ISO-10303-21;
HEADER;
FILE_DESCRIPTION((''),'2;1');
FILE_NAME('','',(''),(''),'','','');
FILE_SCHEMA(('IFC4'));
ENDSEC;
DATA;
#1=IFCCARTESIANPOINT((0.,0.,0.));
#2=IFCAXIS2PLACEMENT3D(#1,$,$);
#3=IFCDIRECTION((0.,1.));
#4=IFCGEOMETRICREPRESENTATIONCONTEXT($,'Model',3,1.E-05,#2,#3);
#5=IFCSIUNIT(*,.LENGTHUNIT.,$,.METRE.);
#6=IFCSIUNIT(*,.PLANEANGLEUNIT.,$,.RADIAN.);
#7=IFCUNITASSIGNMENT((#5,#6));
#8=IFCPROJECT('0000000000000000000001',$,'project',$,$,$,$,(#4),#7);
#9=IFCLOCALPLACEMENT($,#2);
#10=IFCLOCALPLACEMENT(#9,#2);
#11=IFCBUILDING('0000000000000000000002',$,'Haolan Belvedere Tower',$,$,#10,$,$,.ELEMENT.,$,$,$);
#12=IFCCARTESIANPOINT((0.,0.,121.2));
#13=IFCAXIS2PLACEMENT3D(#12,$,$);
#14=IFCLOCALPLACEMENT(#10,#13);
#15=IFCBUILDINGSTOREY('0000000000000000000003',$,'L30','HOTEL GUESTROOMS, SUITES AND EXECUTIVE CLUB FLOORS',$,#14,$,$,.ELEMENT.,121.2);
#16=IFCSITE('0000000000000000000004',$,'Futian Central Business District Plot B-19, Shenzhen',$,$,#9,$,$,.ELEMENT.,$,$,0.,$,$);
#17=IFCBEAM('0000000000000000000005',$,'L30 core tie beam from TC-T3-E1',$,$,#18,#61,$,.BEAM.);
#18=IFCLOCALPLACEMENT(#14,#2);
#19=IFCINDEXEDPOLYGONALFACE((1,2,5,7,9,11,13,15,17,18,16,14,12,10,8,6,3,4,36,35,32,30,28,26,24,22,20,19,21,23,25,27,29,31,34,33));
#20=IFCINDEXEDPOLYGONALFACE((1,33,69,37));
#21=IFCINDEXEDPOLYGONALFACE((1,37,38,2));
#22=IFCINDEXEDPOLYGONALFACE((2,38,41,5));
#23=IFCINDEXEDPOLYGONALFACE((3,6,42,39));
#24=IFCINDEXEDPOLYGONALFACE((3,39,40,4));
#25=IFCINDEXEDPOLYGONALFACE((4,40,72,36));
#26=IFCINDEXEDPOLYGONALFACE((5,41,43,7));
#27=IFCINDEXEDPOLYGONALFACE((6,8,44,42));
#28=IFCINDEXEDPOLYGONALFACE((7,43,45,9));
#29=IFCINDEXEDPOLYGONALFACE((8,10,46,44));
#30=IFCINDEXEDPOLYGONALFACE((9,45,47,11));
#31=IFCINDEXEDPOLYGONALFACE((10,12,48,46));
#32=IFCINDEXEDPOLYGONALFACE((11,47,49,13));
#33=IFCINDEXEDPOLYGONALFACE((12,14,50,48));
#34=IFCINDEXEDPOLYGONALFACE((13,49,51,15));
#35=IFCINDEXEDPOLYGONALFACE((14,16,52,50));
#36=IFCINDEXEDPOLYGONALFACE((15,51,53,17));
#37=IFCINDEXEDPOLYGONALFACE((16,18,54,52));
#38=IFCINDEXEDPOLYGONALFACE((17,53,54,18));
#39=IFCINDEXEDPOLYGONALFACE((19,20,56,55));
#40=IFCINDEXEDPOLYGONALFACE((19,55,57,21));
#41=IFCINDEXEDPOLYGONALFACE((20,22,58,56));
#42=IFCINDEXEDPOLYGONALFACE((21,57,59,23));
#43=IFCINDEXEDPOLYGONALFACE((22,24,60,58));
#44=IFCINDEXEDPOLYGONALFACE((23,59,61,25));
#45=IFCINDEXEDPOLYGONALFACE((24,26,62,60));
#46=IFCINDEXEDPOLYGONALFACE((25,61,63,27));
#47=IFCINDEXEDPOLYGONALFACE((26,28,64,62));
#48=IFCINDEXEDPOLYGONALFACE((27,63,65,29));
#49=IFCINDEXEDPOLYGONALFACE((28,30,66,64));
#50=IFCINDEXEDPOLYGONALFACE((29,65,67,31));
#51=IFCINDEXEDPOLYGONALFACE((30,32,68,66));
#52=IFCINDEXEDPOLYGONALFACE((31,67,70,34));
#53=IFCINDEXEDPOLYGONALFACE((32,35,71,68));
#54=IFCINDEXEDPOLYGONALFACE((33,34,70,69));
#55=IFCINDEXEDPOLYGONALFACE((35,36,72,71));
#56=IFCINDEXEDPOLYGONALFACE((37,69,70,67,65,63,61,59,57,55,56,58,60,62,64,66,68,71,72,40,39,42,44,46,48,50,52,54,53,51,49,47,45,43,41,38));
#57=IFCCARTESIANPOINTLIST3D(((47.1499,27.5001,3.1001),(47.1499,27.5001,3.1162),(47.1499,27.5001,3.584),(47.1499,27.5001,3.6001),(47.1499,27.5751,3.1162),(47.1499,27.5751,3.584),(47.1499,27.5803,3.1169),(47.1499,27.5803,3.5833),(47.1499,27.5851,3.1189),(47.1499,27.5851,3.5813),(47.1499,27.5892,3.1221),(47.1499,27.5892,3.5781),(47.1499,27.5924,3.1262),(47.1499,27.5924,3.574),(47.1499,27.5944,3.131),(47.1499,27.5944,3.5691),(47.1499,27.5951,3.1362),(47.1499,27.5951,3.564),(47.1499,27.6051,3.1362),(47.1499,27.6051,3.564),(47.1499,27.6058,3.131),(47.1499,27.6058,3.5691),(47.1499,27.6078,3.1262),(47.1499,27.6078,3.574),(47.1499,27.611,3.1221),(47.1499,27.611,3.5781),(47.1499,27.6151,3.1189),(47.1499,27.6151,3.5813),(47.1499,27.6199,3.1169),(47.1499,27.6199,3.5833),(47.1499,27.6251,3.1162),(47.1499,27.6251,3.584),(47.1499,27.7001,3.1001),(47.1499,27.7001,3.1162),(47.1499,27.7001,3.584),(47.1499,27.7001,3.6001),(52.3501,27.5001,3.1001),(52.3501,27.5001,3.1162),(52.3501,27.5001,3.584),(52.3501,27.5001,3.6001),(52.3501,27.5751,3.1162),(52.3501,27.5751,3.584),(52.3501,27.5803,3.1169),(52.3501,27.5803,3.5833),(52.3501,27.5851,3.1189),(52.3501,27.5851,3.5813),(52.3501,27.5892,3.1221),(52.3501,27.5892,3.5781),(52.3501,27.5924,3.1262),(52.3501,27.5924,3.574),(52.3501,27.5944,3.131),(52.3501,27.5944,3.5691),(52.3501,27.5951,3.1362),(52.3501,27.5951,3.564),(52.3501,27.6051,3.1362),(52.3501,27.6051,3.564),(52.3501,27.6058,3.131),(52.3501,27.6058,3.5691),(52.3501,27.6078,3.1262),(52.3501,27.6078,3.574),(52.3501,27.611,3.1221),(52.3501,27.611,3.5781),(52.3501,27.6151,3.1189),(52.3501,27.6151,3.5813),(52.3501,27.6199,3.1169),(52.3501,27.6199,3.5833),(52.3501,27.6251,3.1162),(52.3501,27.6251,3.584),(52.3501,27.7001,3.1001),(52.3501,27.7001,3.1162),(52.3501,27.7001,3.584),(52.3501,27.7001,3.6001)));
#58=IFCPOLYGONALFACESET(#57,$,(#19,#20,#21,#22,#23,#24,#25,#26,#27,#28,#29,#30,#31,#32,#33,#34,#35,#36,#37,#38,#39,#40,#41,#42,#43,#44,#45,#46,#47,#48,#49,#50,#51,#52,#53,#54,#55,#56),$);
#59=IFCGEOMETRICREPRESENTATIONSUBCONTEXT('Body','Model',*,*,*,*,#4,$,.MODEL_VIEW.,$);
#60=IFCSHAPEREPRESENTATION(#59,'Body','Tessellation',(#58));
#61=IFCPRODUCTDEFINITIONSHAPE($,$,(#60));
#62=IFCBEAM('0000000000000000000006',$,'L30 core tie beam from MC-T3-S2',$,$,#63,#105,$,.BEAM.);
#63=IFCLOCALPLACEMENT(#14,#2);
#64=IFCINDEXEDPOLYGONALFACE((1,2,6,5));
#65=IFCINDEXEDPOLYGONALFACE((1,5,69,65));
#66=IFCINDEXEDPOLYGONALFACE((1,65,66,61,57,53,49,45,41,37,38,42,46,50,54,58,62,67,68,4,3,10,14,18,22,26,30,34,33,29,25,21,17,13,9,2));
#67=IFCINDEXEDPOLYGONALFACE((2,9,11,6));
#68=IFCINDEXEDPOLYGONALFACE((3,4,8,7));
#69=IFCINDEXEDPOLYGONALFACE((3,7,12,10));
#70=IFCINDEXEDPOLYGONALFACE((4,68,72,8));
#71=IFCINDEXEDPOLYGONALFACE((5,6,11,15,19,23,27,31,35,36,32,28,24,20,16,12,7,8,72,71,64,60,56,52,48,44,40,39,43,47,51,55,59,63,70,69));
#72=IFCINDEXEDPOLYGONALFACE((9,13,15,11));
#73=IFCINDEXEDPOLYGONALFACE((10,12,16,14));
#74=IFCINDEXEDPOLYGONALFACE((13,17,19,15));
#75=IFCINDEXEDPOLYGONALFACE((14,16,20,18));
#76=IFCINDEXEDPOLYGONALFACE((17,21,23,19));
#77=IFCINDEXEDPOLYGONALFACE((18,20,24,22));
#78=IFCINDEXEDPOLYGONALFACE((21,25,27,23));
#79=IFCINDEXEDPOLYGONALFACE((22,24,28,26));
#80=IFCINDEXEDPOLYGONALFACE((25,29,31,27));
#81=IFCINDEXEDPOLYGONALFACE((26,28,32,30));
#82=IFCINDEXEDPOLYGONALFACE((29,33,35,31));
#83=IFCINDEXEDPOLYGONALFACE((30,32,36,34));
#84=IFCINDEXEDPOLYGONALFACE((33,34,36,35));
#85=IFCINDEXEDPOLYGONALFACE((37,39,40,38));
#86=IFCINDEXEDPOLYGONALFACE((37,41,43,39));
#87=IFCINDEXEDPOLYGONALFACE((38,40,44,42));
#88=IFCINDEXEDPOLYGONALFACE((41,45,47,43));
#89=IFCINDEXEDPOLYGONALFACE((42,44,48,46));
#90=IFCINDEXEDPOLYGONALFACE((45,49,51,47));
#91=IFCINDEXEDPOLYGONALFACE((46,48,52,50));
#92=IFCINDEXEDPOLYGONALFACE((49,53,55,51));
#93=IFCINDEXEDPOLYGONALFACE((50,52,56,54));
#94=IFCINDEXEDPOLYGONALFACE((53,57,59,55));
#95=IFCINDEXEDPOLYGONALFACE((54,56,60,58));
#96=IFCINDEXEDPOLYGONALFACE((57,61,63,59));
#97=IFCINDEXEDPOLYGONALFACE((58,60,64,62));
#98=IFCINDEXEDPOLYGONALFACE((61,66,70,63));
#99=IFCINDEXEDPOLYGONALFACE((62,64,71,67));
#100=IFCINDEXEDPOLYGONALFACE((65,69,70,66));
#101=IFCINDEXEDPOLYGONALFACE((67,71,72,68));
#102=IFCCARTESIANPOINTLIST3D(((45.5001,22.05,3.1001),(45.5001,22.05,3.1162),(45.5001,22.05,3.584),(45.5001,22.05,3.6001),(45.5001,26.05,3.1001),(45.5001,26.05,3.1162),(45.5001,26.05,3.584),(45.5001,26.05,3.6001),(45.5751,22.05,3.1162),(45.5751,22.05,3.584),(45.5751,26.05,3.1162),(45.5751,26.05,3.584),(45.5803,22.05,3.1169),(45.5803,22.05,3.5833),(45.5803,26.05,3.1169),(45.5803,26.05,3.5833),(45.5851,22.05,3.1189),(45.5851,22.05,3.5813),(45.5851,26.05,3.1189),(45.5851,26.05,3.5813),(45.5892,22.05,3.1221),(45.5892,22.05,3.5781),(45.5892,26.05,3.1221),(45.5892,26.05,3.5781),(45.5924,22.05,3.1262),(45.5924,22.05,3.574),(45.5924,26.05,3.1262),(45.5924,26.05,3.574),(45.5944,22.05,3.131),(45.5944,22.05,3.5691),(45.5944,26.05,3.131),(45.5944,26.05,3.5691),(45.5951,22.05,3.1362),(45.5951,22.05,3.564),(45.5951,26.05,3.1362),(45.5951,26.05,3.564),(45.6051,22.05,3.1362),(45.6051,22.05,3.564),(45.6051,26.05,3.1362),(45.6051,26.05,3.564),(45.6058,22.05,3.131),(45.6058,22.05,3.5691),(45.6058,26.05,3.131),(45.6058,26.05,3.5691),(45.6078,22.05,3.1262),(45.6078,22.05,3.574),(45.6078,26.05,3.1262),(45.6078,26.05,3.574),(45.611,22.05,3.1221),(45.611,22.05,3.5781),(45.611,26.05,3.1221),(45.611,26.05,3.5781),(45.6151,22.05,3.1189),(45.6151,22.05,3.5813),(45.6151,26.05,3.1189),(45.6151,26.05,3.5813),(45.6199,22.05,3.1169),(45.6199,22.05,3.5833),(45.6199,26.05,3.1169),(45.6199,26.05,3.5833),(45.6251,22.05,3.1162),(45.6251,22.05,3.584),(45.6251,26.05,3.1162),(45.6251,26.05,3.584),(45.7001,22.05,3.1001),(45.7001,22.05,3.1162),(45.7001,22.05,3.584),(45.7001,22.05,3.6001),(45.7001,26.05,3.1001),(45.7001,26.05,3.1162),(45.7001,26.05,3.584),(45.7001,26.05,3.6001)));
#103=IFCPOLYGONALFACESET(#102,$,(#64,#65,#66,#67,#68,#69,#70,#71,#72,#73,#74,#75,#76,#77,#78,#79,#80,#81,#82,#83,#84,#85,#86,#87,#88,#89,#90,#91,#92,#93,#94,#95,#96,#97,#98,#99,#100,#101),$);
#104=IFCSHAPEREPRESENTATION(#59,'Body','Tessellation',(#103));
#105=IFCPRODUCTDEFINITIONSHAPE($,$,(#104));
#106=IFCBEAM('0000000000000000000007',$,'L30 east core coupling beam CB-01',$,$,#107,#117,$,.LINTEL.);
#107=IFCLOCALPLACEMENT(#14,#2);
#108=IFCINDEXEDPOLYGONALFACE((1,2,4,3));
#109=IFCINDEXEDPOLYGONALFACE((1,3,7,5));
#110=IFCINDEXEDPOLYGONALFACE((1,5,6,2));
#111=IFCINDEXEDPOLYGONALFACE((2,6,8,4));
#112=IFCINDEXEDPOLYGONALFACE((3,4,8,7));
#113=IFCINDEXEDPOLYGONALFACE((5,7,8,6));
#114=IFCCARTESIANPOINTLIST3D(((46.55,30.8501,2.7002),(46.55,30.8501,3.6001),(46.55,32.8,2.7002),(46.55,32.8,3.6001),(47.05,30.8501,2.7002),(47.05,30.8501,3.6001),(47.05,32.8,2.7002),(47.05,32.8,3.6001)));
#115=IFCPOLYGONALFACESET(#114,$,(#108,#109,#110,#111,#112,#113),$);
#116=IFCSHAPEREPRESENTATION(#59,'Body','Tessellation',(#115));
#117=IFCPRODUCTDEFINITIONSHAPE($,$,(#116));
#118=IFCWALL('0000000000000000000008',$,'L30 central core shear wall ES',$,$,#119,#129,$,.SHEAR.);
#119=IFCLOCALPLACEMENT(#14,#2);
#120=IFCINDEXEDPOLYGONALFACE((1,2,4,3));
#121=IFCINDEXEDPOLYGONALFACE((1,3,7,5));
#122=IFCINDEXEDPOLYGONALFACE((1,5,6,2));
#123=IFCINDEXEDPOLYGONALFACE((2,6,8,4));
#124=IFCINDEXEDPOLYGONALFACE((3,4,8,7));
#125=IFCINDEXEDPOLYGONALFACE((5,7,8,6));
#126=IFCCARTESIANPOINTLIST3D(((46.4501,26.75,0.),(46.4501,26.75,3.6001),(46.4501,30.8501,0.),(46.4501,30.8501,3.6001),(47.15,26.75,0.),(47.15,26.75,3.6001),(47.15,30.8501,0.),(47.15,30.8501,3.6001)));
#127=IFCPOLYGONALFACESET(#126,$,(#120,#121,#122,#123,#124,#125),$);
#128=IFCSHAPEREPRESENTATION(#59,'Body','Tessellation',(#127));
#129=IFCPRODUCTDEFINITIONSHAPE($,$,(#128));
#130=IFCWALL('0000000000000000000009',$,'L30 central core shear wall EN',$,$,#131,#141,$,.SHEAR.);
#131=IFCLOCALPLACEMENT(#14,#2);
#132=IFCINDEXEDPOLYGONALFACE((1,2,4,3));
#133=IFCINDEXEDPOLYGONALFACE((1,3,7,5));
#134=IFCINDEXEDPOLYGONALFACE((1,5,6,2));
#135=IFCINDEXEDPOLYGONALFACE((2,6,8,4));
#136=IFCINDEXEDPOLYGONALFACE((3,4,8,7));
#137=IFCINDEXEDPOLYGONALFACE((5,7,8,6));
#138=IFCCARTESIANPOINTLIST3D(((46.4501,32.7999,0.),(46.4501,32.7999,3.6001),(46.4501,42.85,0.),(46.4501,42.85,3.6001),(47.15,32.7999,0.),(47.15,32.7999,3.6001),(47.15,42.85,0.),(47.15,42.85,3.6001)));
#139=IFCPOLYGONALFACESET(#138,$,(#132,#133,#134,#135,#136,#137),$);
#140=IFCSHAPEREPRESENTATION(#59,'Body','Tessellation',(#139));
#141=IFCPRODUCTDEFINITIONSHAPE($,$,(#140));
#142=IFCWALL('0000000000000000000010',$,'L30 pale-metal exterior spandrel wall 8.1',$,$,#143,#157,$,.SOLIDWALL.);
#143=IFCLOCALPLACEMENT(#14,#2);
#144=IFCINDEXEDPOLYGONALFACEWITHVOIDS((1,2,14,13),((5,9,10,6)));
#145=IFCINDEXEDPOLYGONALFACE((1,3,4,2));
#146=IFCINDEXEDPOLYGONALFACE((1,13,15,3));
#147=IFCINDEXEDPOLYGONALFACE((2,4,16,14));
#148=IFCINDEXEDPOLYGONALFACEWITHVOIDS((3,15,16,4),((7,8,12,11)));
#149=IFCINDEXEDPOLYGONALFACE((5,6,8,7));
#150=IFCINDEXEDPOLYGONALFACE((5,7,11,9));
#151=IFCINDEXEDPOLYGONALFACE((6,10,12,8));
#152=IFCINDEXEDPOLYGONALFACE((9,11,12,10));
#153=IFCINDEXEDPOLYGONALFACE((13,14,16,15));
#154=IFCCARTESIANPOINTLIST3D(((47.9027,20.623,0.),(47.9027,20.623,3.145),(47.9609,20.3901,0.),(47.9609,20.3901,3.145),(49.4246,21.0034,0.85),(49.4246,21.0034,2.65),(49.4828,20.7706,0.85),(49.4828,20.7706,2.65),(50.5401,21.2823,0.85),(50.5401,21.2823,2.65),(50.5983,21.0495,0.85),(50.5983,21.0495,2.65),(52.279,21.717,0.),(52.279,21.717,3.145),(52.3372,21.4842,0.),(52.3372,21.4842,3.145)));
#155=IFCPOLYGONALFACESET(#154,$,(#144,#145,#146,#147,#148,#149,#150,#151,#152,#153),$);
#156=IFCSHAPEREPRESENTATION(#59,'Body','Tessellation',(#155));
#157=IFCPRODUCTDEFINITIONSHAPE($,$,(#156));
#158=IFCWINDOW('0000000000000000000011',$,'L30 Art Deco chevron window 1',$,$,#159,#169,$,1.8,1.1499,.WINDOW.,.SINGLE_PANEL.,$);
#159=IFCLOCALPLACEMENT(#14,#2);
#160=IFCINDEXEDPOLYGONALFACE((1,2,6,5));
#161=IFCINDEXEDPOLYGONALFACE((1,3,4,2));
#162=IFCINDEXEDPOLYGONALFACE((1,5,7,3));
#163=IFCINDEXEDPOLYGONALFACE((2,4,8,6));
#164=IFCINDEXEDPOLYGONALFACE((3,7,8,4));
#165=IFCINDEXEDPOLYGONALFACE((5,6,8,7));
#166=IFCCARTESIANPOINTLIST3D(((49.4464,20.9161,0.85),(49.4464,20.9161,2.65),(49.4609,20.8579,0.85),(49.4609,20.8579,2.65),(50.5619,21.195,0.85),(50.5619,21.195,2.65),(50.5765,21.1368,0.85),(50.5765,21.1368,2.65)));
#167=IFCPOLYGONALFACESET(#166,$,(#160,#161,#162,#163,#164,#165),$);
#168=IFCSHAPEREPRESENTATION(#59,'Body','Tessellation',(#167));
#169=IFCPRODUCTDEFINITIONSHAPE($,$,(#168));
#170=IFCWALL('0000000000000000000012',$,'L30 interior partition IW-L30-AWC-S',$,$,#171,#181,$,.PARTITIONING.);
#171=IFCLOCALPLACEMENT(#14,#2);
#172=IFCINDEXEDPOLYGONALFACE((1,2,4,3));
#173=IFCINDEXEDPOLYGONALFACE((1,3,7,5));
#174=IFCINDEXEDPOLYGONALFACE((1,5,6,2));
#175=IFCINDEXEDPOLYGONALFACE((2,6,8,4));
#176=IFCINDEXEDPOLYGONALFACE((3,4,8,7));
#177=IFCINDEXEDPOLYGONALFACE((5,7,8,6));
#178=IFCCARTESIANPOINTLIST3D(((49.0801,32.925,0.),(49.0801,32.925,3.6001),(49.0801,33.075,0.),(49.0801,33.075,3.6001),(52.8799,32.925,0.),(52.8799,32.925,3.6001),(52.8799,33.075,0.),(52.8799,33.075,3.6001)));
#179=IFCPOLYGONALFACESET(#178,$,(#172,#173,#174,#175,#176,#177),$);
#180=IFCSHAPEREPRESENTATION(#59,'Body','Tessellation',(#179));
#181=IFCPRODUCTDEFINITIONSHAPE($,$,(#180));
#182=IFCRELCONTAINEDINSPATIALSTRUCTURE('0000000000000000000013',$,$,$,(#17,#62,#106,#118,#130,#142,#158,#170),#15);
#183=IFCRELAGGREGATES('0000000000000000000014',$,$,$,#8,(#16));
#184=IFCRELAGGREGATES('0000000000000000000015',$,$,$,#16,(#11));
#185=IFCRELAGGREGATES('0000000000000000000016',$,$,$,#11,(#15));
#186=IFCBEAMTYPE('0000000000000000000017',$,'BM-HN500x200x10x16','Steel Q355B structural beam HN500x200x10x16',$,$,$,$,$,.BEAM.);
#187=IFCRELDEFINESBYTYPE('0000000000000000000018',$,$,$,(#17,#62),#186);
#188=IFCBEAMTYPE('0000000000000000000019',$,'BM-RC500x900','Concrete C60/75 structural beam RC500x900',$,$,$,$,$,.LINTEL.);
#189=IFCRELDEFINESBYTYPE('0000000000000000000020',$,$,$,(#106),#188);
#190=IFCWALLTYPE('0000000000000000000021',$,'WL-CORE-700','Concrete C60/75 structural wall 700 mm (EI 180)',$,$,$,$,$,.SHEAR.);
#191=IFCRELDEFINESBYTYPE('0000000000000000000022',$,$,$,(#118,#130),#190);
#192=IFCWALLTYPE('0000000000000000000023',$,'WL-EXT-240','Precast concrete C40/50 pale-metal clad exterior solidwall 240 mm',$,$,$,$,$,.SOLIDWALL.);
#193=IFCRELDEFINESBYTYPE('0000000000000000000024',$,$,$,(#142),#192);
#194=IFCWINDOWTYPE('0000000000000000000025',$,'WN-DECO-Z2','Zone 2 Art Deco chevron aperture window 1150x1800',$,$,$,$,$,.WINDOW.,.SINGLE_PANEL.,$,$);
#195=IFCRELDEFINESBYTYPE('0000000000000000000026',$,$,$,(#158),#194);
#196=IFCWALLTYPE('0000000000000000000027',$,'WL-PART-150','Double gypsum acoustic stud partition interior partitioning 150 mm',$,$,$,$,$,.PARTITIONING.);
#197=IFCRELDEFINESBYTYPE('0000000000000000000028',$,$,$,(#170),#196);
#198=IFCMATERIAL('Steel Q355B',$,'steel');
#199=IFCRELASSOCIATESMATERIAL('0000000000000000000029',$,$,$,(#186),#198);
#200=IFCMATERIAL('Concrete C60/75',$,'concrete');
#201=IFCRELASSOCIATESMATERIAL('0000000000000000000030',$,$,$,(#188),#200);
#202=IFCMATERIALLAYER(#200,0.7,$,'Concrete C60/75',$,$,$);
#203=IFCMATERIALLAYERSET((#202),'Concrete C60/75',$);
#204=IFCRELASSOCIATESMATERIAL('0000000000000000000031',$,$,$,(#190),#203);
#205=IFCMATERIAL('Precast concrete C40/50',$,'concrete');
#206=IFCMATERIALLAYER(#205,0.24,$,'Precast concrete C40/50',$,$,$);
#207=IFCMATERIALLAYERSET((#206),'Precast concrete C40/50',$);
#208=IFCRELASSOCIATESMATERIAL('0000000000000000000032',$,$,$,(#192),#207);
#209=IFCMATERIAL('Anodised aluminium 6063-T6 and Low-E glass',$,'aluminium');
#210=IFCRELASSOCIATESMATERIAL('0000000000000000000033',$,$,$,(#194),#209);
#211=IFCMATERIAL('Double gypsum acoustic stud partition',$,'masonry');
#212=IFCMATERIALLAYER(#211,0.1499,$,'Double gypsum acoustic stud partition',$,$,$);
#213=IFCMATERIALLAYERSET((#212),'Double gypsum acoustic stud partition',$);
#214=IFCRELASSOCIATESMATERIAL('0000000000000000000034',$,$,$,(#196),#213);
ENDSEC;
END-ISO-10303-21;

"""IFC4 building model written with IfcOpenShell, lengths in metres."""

from ifc_helpers import new_model, si_unit, direction, frame, frame_2d, origin, origin_2d, place, context, subcontext, project, spatial, rectangle, i_section, extrude, material, layer, layer_set, material_profile, profile_set, type_object, element, fill, save


model = new_model("IFC4")

# Units and contexts
model_context = context("Model", 3, precision=1e-05, world=origin(), true_north=direction((0.0, 1.0)))
body_context = subcontext(model_context, "Body", "Model", "MODEL_VIEW")
ifc_project = project(units=[si_unit("LENGTHUNIT", "METRE"), si_unit("PLANEANGLEUNIT", "RADIAN")], contexts=[model_context])

# Site, building, storey
site_placement = place(None, origin())
site = spatial("IfcSite", under=ifc_project, at=site_placement, Name="Futian Central Business District Plot B-19, Shenzhen", CompositionType="ELEMENT", RefElevation=0.0)
building_placement = place(site_placement, origin())
building = spatial("IfcBuilding", under=site, at=building_placement, Name="Haolan Belvedere Tower", CompositionType="ELEMENT")
storey_placement = place(building_placement, frame((0.0, 0.0, 121.2)))
storey = spatial("IfcBuildingStorey", under=building, at=storey_placement, Name="L30", Description="HOTEL GUESTROOMS, SUITES AND EXECUTIVE CLUB FLOORS", CompositionType="ELEMENT", Elevation=121.2)

# Beams
ifc_material_1 = material(Name="Steel Q355B", Category="steel")
ifc_material_profile_1 = material_profile(ifc_material_1, i_section(OverallWidth=0.2, OverallDepth=0.5, WebThickness=0.01, FlangeThickness=0.0161, FilletRadius=0.02, at=origin_2d()), Name="Steel Q355B")
ifc_profile_set_1 = profile_set([ifc_material_profile_1], Name="Steel Q355B")
beam_type_1 = type_object("IfcBeamType", Name="BM-HN500x200x10x16", Description="Steel Q355B structural beam HN500x200x10x16", PredefinedType="BEAM", material=ifc_profile_set_1)
beam_1_placement = place(storey_placement, frame((52.3501, 27.6001, 3.3501), z_axis=(-1.0, 0.0, 0.0), x_axis=(0.0, -1.0, 0.0)))
element("IfcBeam", 1, at=beam_1_placement, inside=storey, type_object=beam_type_1, Name="L30 core tie beam from TC-T3-E1", PredefinedType="BEAM", context=body_context, shape_type="SweptSolid", body=[
    extrude(i_section(OverallWidth=0.2, OverallDepth=0.5, WebThickness=0.01, FlangeThickness=0.0161, FilletRadius=0.02, at=origin_2d()), origin(), (0.0, 0.0, 1.0), 5.2002),
])
beam_2_placement = place(storey_placement, frame((45.6001, 22.05, 3.3501), z_axis=(0.0, 1.0, 0.0), x_axis=(-1.0, 0.0, 0.0)))
element("IfcBeam", 2, at=beam_2_placement, inside=storey, type_object=beam_type_1, Name="L30 core tie beam from MC-T3-S2", PredefinedType="BEAM", context=body_context, shape_type="SweptSolid", body=[
    extrude(i_section(OverallWidth=0.2, OverallDepth=0.5, WebThickness=0.01, FlangeThickness=0.0161, FilletRadius=0.02, at=origin_2d()), origin(), (0.0, 0.0, 1.0), 4.0),
])
ifc_material_2 = material(Name="Concrete C60/75", Category="concrete")
ifc_material_profile_2 = material_profile(ifc_material_2, rectangle(XDim=0.5, YDim=0.8999, at=origin_2d()), Name="Concrete C60/75")
ifc_profile_set_2 = profile_set([ifc_material_profile_2], Name="Concrete C60/75")
beam_type_2 = type_object("IfcBeamType", Name="BM-RC500x900", Description="Concrete C60/75 structural beam RC500x900", PredefinedType="LINTEL", material=ifc_profile_set_2)
beam_3_placement = place(storey_placement, frame((46.8, 30.8501, 3.1501), z_axis=(0.0, 1.0, 0.0), x_axis=(-1.0, 0.0, 0.0)))
element("IfcBeam", 3, at=beam_3_placement, inside=storey, type_object=beam_type_2, Name="L30 east core coupling beam CB-01", PredefinedType="LINTEL", context=body_context, shape_type="SweptSolid", body=[
    extrude(rectangle(XDim=0.5, YDim=0.8999, at=origin_2d()), origin(), (0.0, 0.0, 1.0), 1.95),
])

# Walls
ifc_layer_1 = layer(ifc_material_2, 0.7, Name="Concrete C60/75")
ifc_layer_set_1 = layer_set([ifc_layer_1], Name="Concrete C60/75")
wall_type_1 = type_object("IfcWallType", Name="WL-CORE-700", Description="Concrete C60/75 structural wall 700 mm (EI 180)", PredefinedType="SHEAR", material=ifc_layer_set_1)
wall_1_placement = place(storey_placement, frame((46.8, 26.75, 0.0), z_axis=(0.0, 0.0, 1.0), x_axis=(0.0, 1.0, 0.0)))
element("IfcWall", 4, at=wall_1_placement, inside=storey, type_object=wall_type_1, Name="L30 central core shear wall ES", PredefinedType="SHEAR", context=body_context, shape_type="SweptSolid", body=[
    extrude(rectangle(XDim=4.1001, YDim=0.7, at=frame_2d((2.05, 0.0))), origin(), (0.0, 0.0, 1.0), 3.6001),
])
wall_2_placement = place(storey_placement, frame((46.8, 32.8, 0.0), z_axis=(0.0, 0.0, 1.0), x_axis=(0.0, 1.0, 0.0)))
element("IfcWall", 5, at=wall_2_placement, inside=storey, type_object=wall_type_1, Name="L30 central core shear wall EN", PredefinedType="SHEAR", context=body_context, shape_type="SweptSolid", body=[
    extrude(rectangle(XDim=10.05, YDim=0.7, at=frame_2d((5.0249, 0.0))), origin(), (0.0, 0.0, 1.0), 3.6001),
])

# Wall, opening, window
ifc_material_3 = material(Name="Precast concrete C40/50", Category="concrete")
ifc_layer_2 = layer(ifc_material_3, 0.24, Name="Precast concrete C40/50")
ifc_layer_set_2 = layer_set([ifc_layer_2], Name="Precast concrete C40/50")
wall_type_2 = type_object("IfcWallType", Name="WL-EXT-240", Description="Precast concrete C40/50 pale-metal clad exterior solidwall 240 mm", PredefinedType="SOLIDWALL", material=ifc_layer_set_2)
wall_3_placement = place(storey_placement, frame((47.9319, 20.5066, 0.0), z_axis=(0.0, 0.0, 1.0), x_axis=(0.970146, 0.242523, 0.0)))
wall_3 = element("IfcWall", 6, at=wall_3_placement, inside=storey, type_object=wall_type_2, Name="L30 pale-metal exterior spandrel wall 8.1", PredefinedType="SOLIDWALL", context=body_context, shape_type="SweptSolid", body=[
    extrude(rectangle(XDim=4.511, YDim=0.24, at=frame_2d((2.2554, 0.0))), origin(), (0.0, 0.0, 1.0), 3.145),
])
opening_1_placement = place(wall_3_placement, frame((1.5686, 0.0, 0.8501)))
opening_1 = element("IfcOpeningElement", 7, at=opening_1_placement, cuts=wall_3, PredefinedType="OPENING", context=body_context, shape_type="SweptSolid", body=[
    extrude(rectangle(XDim=1.1499, YDim=1.8, at=frame_2d((0.575, 0.8999))), frame((0.0, 0.1299, 0.0), z_axis=(0.0, -1.0, 0.0), x_axis=(1.0, 0.0, 0.0)), (0.0, 0.0, 1.0), 0.26),
])
ifc_material_4 = material(Name="Anodised aluminium 6063-T6 and Low-E glass", Category="aluminium")
window_type = type_object("IfcWindowType", Name="WN-DECO-Z2", Description="Zone 2 Art Deco chevron aperture window 1150x1800", PartitioningType="SINGLE_PANEL", PredefinedType="WINDOW", material=ifc_material_4)
window_placement = place(opening_1_placement, origin())
window = element("IfcWindow", 8, at=window_placement, inside=storey, type_object=window_type, Name="L30 Art Deco chevron window 1", OverallHeight=1.8, OverallWidth=1.1499, PartitioningType="SINGLE_PANEL", PredefinedType="WINDOW", context=body_context, shape_type="SweptSolid", body=[
    extrude(rectangle(XDim=1.1499, YDim=1.8, at=frame_2d((0.575, 0.8999))), frame((0.0, 0.03, 0.0), z_axis=(0.0, -1.0, 0.0), x_axis=(1.0, 0.0, 0.0)), (0.0, 0.0, 1.0), 0.0601),
])
fill(opening_1, window)

# Wall
ifc_material_5 = material(Name="Double gypsum acoustic stud partition", Category="masonry")
ifc_layer_3 = layer(ifc_material_5, 0.1499, Name="Double gypsum acoustic stud partition")
ifc_layer_set_3 = layer_set([ifc_layer_3], Name="Double gypsum acoustic stud partition")
wall_type_3 = type_object("IfcWallType", Name="WL-PART-150", Description="Double gypsum acoustic stud partition interior partitioning 150 mm", PredefinedType="PARTITIONING", material=ifc_layer_set_3)
for number, where, z_axis, x_axis, name in (
    (9, (49.0801, 33.0, 0.0), (0.0, 0.0, 1.0), (1.0, 0.0, 0.0), "L30 interior partition IW-L30-AWC-S"),
):
    element("IfcWall", number, at=place(storey_placement, frame(where, z_axis=z_axis, x_axis=x_axis)), inside=storey, type_object=wall_type_3, Name=name, PredefinedType="PARTITIONING", context=body_context, shape_type="SweptSolid", body=[
        extrude(rectangle(XDim=3.7998, YDim=0.1499, at=frame_2d((1.8999, 0.0))), origin(), (0.0, 0.0, 1.0), 3.6001),
    ])

save(model, "model.ifc")
